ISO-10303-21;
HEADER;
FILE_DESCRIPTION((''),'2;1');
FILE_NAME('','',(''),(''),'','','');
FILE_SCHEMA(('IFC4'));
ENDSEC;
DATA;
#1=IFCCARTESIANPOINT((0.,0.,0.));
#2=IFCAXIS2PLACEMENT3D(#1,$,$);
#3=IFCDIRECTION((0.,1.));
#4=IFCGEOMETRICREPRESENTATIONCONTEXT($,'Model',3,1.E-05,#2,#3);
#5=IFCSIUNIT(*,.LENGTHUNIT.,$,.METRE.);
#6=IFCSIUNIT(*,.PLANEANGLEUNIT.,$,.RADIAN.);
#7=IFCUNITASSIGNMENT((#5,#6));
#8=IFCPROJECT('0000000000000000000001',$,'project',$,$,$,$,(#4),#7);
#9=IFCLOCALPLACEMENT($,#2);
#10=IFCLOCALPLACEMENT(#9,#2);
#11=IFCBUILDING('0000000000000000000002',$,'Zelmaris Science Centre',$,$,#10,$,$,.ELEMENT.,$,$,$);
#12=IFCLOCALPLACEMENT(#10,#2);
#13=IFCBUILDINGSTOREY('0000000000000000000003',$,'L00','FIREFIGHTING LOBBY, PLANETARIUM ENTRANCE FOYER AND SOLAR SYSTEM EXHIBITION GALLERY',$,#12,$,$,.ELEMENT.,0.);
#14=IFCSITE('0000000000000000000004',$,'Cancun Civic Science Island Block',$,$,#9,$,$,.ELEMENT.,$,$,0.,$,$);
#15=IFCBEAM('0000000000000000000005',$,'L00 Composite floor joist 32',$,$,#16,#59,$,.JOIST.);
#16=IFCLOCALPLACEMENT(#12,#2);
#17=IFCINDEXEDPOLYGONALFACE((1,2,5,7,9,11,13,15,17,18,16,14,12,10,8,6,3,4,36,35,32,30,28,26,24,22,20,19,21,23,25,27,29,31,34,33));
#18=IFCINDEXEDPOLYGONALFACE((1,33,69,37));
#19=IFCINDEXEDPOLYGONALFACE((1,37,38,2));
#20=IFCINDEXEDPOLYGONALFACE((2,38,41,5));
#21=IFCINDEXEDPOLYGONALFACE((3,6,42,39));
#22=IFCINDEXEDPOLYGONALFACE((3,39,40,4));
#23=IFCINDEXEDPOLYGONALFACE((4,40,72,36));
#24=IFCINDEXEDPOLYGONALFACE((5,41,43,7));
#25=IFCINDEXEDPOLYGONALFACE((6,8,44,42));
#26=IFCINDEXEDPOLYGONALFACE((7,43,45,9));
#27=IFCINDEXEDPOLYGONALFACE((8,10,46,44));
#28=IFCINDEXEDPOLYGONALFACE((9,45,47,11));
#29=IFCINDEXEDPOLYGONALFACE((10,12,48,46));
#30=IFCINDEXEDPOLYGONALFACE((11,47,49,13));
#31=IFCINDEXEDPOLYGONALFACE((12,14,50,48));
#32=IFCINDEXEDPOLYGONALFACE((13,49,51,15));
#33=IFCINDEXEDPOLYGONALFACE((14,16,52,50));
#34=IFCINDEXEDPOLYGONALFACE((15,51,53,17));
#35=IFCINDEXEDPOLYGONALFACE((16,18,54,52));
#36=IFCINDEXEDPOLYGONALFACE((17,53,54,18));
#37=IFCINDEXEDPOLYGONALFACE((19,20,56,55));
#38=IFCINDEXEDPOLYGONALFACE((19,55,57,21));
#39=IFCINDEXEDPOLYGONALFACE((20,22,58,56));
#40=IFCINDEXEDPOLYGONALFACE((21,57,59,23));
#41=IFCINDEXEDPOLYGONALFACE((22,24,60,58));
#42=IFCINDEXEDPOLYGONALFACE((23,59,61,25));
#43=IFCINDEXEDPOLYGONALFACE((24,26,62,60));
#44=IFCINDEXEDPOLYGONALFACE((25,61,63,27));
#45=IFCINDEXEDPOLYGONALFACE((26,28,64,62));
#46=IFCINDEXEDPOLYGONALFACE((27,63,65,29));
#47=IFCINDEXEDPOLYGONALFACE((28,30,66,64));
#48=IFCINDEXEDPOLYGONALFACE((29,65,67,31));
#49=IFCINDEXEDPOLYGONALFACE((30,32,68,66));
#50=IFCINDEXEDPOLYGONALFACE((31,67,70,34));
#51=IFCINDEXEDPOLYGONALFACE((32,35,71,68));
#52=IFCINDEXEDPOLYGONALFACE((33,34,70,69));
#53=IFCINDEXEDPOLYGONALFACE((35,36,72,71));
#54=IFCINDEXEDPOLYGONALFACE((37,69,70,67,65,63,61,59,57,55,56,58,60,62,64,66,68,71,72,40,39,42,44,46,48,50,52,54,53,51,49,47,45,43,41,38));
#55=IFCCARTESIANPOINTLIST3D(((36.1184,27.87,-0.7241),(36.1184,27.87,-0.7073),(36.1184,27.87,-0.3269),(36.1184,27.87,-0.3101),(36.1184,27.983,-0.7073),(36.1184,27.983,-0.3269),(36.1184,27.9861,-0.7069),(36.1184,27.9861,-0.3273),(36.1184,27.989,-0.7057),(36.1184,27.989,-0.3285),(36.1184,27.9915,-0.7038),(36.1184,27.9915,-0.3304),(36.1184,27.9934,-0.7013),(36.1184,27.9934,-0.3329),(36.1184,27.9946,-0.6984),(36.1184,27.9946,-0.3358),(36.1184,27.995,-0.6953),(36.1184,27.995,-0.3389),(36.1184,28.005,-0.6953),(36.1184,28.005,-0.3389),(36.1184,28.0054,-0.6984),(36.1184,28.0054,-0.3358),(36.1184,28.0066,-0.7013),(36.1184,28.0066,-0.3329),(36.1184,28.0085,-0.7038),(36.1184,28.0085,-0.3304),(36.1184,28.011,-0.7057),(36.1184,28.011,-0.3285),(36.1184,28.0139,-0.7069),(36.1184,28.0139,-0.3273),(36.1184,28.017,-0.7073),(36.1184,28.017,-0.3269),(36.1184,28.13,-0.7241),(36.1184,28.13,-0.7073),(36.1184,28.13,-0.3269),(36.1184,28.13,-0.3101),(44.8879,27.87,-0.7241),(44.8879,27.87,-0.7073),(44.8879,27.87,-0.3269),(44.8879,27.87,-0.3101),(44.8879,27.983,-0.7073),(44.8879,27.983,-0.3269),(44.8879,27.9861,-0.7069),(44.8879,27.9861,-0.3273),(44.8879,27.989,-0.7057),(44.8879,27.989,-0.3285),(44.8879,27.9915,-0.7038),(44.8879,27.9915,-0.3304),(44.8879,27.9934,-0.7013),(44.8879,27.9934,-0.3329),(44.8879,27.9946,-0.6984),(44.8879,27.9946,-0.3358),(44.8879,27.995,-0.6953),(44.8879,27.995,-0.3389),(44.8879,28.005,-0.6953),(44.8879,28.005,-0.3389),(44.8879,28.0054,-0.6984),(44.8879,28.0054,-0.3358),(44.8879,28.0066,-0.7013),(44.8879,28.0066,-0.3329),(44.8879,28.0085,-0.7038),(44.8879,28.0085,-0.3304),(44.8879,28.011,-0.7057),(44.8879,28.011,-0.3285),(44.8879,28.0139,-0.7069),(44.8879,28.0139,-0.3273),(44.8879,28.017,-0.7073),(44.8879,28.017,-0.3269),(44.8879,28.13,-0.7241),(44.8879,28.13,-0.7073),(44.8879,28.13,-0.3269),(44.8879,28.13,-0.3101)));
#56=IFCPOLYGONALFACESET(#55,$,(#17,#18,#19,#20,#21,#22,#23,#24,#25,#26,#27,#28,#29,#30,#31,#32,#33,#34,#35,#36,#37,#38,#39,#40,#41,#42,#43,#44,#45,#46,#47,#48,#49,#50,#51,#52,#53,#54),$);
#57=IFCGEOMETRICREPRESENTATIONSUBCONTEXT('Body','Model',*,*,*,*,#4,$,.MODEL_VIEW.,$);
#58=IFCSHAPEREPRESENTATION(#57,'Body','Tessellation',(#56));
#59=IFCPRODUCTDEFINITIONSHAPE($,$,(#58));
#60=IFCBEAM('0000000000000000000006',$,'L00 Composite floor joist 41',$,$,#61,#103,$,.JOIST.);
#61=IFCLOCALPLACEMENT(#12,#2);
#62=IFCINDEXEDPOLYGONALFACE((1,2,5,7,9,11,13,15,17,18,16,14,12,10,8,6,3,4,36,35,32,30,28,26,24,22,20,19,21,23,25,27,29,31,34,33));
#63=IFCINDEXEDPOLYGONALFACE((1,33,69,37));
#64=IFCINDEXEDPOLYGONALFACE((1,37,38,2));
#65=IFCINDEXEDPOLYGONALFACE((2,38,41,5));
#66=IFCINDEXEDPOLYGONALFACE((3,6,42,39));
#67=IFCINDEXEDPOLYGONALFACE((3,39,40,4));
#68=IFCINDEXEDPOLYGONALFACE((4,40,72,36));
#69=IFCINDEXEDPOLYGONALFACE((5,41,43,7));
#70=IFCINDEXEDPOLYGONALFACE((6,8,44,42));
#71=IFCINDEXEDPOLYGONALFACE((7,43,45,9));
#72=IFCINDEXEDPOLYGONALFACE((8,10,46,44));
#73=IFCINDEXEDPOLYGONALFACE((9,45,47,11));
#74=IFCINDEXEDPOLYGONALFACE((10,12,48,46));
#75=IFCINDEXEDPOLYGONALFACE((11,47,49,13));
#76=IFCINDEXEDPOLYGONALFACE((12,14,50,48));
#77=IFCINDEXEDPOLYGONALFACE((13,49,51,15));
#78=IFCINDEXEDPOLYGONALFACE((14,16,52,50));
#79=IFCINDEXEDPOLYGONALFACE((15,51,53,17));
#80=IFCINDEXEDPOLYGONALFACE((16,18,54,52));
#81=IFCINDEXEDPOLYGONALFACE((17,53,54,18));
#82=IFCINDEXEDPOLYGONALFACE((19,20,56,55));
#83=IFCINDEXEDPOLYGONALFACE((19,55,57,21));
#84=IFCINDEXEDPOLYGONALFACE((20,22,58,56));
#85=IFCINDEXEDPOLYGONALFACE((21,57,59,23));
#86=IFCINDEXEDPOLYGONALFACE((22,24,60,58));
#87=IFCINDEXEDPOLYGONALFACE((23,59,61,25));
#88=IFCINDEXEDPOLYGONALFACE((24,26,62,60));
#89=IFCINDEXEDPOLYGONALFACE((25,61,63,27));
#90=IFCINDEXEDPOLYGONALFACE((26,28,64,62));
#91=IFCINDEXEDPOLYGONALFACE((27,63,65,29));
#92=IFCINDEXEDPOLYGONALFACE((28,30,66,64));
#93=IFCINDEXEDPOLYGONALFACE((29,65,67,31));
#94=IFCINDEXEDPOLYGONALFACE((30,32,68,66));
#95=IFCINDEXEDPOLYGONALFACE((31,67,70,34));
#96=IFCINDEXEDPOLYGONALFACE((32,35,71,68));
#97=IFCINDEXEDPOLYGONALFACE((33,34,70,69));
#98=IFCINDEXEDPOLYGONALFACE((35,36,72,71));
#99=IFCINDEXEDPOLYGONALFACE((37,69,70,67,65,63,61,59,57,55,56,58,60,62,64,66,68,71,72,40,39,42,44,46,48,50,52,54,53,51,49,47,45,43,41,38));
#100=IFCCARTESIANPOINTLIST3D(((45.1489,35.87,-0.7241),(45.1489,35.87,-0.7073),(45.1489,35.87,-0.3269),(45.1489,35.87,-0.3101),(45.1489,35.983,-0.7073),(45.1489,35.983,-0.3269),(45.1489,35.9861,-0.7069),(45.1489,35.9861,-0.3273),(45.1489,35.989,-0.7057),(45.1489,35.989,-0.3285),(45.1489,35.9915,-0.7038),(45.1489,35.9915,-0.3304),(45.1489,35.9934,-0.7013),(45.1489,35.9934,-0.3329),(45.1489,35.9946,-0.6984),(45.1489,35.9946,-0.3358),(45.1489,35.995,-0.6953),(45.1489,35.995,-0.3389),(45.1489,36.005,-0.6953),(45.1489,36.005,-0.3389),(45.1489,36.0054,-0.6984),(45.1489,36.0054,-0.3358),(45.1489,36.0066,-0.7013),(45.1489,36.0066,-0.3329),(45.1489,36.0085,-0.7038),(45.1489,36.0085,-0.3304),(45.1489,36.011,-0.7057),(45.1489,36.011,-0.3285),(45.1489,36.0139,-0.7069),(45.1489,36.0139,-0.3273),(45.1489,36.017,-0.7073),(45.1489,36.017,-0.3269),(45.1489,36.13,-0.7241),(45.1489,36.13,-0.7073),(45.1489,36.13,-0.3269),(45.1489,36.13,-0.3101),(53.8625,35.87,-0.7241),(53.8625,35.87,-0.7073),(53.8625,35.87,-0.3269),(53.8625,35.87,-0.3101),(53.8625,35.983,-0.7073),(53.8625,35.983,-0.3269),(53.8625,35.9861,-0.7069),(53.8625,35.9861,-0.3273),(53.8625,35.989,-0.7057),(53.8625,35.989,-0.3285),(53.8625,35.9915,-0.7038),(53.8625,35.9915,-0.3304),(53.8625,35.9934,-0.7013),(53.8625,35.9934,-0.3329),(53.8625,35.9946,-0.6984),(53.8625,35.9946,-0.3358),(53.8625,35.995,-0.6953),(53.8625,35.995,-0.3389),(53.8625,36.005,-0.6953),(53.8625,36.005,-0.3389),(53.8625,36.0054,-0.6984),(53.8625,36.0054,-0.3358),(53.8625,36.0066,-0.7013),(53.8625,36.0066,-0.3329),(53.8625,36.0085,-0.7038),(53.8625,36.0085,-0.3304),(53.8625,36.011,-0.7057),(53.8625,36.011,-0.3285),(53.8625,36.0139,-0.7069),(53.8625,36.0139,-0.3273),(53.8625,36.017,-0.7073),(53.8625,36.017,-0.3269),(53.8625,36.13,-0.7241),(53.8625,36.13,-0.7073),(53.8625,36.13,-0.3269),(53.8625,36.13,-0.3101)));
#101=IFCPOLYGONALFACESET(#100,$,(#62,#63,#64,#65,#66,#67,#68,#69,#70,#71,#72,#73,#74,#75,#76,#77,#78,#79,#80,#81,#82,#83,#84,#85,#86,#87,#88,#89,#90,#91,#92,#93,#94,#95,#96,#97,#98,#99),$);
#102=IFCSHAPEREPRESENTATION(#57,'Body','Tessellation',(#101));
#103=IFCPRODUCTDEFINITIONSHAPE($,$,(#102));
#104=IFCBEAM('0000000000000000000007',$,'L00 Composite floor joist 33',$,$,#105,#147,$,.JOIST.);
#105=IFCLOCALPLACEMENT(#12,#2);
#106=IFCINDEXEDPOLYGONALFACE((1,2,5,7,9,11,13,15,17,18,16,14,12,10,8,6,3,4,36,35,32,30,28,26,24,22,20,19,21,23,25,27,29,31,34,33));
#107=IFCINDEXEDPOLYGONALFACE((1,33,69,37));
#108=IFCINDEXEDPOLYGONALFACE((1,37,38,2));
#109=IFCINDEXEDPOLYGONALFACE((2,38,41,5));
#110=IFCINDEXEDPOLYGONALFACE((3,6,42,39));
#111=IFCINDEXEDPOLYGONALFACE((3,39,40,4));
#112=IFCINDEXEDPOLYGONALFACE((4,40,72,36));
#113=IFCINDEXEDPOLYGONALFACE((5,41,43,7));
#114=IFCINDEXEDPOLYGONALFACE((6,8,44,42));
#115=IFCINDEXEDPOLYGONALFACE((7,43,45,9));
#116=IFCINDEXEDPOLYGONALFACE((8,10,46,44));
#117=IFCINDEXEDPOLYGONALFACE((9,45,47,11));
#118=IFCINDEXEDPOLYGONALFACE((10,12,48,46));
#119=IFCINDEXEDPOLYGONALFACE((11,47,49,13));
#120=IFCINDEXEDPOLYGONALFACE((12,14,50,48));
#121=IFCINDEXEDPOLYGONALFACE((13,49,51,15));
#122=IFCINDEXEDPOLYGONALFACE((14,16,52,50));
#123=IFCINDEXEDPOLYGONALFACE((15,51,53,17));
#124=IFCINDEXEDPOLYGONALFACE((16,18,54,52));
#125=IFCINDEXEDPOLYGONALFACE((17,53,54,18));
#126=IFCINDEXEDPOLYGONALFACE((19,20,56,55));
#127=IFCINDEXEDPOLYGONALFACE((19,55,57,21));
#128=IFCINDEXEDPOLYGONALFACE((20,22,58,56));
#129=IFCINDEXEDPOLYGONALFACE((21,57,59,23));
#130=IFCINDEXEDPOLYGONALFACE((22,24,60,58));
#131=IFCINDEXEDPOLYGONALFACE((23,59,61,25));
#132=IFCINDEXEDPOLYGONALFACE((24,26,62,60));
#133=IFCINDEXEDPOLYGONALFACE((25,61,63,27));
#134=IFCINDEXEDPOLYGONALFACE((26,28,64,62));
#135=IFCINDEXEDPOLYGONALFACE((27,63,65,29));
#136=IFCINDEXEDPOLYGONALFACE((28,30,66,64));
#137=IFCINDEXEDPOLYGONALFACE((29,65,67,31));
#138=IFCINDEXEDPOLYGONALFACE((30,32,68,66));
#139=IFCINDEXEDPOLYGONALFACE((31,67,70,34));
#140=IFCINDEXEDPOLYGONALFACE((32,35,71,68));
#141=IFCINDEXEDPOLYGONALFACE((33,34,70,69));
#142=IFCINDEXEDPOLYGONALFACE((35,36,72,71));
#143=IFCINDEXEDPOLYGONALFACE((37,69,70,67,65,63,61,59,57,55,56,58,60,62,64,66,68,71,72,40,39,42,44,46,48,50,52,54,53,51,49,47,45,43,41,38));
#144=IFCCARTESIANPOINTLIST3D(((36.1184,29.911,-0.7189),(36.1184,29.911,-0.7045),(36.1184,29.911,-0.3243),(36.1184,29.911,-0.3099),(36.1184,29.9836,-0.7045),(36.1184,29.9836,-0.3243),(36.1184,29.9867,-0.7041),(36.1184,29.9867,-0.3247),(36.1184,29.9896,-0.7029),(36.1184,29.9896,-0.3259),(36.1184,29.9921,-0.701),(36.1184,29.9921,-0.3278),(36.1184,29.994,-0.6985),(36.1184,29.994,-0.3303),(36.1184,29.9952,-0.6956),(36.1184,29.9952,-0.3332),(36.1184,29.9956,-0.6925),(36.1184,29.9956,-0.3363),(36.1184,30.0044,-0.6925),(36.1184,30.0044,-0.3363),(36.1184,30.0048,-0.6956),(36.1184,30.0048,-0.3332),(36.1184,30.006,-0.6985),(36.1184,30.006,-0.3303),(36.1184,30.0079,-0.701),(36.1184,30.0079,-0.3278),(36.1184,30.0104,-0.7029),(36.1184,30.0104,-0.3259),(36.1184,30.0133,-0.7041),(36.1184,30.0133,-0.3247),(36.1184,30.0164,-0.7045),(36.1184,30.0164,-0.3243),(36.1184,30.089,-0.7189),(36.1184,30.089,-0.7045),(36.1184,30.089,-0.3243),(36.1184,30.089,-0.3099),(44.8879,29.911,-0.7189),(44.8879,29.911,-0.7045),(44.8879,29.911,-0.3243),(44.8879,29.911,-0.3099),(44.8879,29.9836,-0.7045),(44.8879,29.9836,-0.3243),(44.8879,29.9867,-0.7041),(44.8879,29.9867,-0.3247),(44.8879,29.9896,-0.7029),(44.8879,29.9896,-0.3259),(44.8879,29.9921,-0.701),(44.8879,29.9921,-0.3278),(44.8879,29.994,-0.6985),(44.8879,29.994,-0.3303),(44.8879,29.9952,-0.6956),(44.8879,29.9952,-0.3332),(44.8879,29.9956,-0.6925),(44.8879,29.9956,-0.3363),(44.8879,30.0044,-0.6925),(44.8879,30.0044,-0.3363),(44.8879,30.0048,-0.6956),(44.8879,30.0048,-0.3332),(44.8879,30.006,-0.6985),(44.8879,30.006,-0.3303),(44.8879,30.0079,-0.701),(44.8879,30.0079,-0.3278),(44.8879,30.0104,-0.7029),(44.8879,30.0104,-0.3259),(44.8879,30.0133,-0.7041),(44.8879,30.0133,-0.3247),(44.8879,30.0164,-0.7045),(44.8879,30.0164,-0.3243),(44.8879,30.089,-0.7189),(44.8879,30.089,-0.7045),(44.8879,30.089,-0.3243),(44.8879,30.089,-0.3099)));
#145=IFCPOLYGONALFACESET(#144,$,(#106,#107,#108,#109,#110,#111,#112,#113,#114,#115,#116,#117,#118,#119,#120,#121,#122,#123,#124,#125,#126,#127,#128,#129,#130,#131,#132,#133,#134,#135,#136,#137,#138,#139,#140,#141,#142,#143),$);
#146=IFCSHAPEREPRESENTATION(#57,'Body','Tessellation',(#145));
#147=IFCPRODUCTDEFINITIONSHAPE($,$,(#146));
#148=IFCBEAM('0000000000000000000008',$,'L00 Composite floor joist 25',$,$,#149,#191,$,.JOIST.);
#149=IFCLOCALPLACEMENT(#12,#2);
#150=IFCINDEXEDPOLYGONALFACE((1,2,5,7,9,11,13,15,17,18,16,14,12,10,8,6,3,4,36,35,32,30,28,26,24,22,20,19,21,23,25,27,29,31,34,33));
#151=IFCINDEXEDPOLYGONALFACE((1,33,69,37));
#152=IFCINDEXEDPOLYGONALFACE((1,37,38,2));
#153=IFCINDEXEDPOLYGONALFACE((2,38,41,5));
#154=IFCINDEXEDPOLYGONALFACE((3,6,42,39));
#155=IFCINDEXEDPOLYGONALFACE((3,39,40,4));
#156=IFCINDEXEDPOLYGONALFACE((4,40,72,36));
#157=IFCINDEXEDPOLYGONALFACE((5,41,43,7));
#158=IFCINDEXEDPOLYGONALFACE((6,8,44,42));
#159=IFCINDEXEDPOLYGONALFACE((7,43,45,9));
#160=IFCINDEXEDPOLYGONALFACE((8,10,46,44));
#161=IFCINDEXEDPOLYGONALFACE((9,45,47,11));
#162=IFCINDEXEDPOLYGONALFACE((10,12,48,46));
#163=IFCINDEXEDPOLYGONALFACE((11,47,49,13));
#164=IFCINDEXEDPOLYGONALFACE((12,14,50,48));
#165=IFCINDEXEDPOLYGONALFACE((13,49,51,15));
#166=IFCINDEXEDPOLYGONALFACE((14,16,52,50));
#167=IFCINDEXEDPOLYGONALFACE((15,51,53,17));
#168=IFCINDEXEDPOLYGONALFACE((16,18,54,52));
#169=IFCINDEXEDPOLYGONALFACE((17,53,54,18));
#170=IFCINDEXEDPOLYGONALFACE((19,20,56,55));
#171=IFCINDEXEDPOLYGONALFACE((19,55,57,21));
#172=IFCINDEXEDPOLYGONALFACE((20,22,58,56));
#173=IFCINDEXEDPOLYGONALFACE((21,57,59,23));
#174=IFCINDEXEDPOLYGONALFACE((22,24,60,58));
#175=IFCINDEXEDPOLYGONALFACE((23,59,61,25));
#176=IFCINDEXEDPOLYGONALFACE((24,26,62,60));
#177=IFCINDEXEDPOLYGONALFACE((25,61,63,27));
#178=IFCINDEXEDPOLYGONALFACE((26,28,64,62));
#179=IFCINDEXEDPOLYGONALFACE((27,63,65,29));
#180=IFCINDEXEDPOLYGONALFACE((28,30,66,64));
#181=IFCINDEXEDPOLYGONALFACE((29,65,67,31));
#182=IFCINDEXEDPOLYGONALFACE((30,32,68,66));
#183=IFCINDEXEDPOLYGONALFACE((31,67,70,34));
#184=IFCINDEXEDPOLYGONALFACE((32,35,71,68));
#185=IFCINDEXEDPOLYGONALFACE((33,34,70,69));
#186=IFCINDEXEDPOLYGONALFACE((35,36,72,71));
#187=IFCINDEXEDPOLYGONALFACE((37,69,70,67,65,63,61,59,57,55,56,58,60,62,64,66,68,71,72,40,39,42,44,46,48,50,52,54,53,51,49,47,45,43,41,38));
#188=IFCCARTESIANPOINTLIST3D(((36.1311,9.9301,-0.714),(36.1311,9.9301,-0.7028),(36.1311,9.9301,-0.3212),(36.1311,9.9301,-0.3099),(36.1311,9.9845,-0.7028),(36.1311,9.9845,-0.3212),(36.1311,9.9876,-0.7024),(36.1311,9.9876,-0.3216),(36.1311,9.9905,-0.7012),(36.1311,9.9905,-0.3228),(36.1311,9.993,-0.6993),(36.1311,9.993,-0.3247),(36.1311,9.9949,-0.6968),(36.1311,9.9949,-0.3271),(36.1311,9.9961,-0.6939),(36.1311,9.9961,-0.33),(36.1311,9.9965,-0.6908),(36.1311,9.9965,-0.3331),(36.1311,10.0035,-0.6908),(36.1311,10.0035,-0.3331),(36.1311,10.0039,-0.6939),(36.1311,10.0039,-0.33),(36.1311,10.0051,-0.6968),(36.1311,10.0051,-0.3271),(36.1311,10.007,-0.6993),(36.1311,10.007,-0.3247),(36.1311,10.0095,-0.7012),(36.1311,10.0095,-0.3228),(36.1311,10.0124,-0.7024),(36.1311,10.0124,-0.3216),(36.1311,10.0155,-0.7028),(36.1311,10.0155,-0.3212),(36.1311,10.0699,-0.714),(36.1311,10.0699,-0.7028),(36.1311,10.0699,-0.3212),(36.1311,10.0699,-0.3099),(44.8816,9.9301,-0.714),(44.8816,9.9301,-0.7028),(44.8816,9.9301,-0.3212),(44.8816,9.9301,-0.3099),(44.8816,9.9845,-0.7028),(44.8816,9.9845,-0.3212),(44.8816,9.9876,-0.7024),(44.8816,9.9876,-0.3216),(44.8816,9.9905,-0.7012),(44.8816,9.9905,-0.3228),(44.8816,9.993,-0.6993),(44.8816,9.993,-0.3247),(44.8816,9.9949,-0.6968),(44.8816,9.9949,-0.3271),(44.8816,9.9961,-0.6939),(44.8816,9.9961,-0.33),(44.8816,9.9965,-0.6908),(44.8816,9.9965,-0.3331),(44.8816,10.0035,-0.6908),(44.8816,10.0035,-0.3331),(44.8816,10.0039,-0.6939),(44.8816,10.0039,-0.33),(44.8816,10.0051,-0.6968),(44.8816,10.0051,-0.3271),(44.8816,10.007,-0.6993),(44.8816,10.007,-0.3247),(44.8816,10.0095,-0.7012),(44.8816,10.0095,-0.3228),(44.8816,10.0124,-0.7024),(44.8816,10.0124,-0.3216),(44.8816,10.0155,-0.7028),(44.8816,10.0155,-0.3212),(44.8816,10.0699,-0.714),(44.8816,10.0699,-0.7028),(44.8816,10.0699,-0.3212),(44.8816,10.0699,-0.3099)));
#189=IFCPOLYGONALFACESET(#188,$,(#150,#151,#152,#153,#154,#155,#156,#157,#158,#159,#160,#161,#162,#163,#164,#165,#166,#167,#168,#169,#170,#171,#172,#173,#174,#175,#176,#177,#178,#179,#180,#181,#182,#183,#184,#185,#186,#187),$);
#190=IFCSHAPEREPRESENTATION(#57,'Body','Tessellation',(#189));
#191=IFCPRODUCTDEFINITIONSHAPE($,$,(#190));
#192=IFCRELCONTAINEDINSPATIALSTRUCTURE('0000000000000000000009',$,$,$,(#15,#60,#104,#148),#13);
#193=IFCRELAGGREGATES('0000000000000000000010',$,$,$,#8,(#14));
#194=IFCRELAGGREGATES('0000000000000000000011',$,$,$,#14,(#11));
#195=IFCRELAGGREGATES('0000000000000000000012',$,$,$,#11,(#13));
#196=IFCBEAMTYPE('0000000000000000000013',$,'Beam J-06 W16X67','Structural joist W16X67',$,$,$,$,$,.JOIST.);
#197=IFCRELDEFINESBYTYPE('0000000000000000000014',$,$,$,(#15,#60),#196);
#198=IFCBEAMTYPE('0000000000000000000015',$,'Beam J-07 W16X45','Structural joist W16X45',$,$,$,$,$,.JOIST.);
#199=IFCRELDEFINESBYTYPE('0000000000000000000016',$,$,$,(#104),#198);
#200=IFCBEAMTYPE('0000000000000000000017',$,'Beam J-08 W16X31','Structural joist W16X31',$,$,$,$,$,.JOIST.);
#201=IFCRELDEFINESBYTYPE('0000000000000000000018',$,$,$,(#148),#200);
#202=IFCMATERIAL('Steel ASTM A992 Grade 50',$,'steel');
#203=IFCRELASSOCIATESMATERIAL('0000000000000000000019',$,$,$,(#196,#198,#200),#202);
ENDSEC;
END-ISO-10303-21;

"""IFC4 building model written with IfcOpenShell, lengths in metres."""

from ifc_helpers import new_model, si_unit, direction, frame, origin, origin_2d, place, context, subcontext, project, spatial, i_section, extrude, material, material_profile, profile_set, type_object, element, save


model = new_model("IFC4")

# Units and contexts
model_context = context("Model", 3, precision=1e-05, world=origin(), true_north=direction((0.0, 1.0)))
body_context = subcontext(model_context, "Body", "Model", "MODEL_VIEW")
ifc_project = project(units=[si_unit("LENGTHUNIT", "METRE"), si_unit("PLANEANGLEUNIT", "RADIAN")], contexts=[model_context])

# Site, building, storey
site_placement = place(None, origin())
site = spatial("IfcSite", under=ifc_project, at=site_placement, Name="Cancun Civic Science Island Block", CompositionType="ELEMENT", RefElevation=0.0)
building_placement = place(site_placement, origin())
building = spatial("IfcBuilding", under=site, at=building_placement, Name="Zelmaris Science Centre", CompositionType="ELEMENT")
storey_placement = place(building_placement, origin())
storey = spatial("IfcBuildingStorey", under=building, at=storey_placement, Name="L00", Description="FIREFIGHTING LOBBY, PLANETARIUM ENTRANCE FOYER AND SOLAR SYSTEM EXHIBITION GALLERY", CompositionType="ELEMENT", Elevation=0.0)

# Shared definitions
ifc_material_1 = material(Name="Steel ASTM A992 Grade 50", Category="steel")

# Beams
ifc_material_profile_1 = material_profile(ifc_material_1, i_section(OverallWidth=0.26, OverallDepth=0.4141, WebThickness=0.01, FlangeThickness=0.0168, FilletRadius=0.012, at=origin_2d()), Name="W16X67")
ifc_profile_set_1 = profile_set([ifc_material_profile_1], Name="Steel ASTM A992 Grade 50")
beam_type_1 = type_object("IfcBeamType", Name="Beam J-06 W16X67", Description="Structural joist W16X67", PredefinedType="JOIST", material=ifc_profile_set_1)
beam_1_placement = place(storey_placement, frame((36.1184, 28.0, -0.5171), z_axis=(1.0, 0.0, 0.0), x_axis=(0.0, 1.0, 0.0)))
element("IfcBeam", 1, at=beam_1_placement, inside=storey, type_object=beam_type_1, Name="L00 Composite floor joist 32", PredefinedType="JOIST", context=body_context, shape_type="SweptSolid", body=[
    extrude(i_section(OverallWidth=0.26, OverallDepth=0.4141, WebThickness=0.01, FlangeThickness=0.0168, FilletRadius=0.012, at=origin_2d()), origin(), (0.0, 0.0, 1.0), 8.7695),
])
beam_2_placement = place(storey_placement, frame((45.1489, 36.0, -0.5171), z_axis=(1.0, 0.0, 0.0), x_axis=(0.0, 1.0, 0.0)))
element("IfcBeam", 2, at=beam_2_placement, inside=storey, type_object=beam_type_1, Name="L00 Composite floor joist 41", PredefinedType="JOIST", context=body_context, shape_type="SweptSolid", body=[
    extrude(i_section(OverallWidth=0.26, OverallDepth=0.4141, WebThickness=0.01, FlangeThickness=0.0168, FilletRadius=0.012, at=origin_2d()), origin(), (0.0, 0.0, 1.0), 8.7136),
])
ifc_material_profile_2 = material_profile(ifc_material_1, i_section(OverallWidth=0.178, OverallDepth=0.4089, WebThickness=0.0088, FlangeThickness=0.0144, FilletRadius=0.012, at=origin_2d()), Name="W16X45")
ifc_profile_set_2 = profile_set([ifc_material_profile_2], Name="Steel ASTM A992 Grade 50")
beam_type_2 = type_object("IfcBeamType", Name="Beam J-07 W16X45", Description="Structural joist W16X45", PredefinedType="JOIST", material=ifc_profile_set_2)
beam_3_placement = place(storey_placement, frame((36.1184, 30.0, -0.5144), z_axis=(1.0, 0.0, 0.0), x_axis=(0.0, 1.0, 0.0)))
element("IfcBeam", 3, at=beam_3_placement, inside=storey, type_object=beam_type_2, Name="L00 Composite floor joist 33", PredefinedType="JOIST", context=body_context, shape_type="SweptSolid", body=[
    extrude(i_section(OverallWidth=0.178, OverallDepth=0.4089, WebThickness=0.0088, FlangeThickness=0.0144, FilletRadius=0.012, at=origin_2d()), origin(), (0.0, 0.0, 1.0), 8.7695),
])
ifc_material_profile_3 = material_profile(ifc_material_1, i_section(OverallWidth=0.1399, OverallDepth=0.4041, WebThickness=0.0071, FlangeThickness=0.0112, FilletRadius=0.012, at=origin_2d()), Name="W16X31")
ifc_profile_set_3 = profile_set([ifc_material_profile_3], Name="Steel ASTM A992 Grade 50")
beam_type_3 = type_object("IfcBeamType", Name="Beam J-08 W16X31", Description="Structural joist W16X31", PredefinedType="JOIST", material=ifc_profile_set_3)
beam_4_placement = place(storey_placement, frame((36.1311, 10.0, -0.512), z_axis=(1.0, 0.0, 0.0), x_axis=(0.0, 1.0, 0.0)))
element("IfcBeam", 4, at=beam_4_placement, inside=storey, type_object=beam_type_3, Name="L00 Composite floor joist 25", PredefinedType="JOIST", context=body_context, shape_type="SweptSolid", body=[
    extrude(i_section(OverallWidth=0.1399, OverallDepth=0.4041, WebThickness=0.0071, FlangeThickness=0.0112, FilletRadius=0.012, at=origin_2d()), origin(), (0.0, 0.0, 1.0), 8.7505),
])

save(model, "model.ifc")
